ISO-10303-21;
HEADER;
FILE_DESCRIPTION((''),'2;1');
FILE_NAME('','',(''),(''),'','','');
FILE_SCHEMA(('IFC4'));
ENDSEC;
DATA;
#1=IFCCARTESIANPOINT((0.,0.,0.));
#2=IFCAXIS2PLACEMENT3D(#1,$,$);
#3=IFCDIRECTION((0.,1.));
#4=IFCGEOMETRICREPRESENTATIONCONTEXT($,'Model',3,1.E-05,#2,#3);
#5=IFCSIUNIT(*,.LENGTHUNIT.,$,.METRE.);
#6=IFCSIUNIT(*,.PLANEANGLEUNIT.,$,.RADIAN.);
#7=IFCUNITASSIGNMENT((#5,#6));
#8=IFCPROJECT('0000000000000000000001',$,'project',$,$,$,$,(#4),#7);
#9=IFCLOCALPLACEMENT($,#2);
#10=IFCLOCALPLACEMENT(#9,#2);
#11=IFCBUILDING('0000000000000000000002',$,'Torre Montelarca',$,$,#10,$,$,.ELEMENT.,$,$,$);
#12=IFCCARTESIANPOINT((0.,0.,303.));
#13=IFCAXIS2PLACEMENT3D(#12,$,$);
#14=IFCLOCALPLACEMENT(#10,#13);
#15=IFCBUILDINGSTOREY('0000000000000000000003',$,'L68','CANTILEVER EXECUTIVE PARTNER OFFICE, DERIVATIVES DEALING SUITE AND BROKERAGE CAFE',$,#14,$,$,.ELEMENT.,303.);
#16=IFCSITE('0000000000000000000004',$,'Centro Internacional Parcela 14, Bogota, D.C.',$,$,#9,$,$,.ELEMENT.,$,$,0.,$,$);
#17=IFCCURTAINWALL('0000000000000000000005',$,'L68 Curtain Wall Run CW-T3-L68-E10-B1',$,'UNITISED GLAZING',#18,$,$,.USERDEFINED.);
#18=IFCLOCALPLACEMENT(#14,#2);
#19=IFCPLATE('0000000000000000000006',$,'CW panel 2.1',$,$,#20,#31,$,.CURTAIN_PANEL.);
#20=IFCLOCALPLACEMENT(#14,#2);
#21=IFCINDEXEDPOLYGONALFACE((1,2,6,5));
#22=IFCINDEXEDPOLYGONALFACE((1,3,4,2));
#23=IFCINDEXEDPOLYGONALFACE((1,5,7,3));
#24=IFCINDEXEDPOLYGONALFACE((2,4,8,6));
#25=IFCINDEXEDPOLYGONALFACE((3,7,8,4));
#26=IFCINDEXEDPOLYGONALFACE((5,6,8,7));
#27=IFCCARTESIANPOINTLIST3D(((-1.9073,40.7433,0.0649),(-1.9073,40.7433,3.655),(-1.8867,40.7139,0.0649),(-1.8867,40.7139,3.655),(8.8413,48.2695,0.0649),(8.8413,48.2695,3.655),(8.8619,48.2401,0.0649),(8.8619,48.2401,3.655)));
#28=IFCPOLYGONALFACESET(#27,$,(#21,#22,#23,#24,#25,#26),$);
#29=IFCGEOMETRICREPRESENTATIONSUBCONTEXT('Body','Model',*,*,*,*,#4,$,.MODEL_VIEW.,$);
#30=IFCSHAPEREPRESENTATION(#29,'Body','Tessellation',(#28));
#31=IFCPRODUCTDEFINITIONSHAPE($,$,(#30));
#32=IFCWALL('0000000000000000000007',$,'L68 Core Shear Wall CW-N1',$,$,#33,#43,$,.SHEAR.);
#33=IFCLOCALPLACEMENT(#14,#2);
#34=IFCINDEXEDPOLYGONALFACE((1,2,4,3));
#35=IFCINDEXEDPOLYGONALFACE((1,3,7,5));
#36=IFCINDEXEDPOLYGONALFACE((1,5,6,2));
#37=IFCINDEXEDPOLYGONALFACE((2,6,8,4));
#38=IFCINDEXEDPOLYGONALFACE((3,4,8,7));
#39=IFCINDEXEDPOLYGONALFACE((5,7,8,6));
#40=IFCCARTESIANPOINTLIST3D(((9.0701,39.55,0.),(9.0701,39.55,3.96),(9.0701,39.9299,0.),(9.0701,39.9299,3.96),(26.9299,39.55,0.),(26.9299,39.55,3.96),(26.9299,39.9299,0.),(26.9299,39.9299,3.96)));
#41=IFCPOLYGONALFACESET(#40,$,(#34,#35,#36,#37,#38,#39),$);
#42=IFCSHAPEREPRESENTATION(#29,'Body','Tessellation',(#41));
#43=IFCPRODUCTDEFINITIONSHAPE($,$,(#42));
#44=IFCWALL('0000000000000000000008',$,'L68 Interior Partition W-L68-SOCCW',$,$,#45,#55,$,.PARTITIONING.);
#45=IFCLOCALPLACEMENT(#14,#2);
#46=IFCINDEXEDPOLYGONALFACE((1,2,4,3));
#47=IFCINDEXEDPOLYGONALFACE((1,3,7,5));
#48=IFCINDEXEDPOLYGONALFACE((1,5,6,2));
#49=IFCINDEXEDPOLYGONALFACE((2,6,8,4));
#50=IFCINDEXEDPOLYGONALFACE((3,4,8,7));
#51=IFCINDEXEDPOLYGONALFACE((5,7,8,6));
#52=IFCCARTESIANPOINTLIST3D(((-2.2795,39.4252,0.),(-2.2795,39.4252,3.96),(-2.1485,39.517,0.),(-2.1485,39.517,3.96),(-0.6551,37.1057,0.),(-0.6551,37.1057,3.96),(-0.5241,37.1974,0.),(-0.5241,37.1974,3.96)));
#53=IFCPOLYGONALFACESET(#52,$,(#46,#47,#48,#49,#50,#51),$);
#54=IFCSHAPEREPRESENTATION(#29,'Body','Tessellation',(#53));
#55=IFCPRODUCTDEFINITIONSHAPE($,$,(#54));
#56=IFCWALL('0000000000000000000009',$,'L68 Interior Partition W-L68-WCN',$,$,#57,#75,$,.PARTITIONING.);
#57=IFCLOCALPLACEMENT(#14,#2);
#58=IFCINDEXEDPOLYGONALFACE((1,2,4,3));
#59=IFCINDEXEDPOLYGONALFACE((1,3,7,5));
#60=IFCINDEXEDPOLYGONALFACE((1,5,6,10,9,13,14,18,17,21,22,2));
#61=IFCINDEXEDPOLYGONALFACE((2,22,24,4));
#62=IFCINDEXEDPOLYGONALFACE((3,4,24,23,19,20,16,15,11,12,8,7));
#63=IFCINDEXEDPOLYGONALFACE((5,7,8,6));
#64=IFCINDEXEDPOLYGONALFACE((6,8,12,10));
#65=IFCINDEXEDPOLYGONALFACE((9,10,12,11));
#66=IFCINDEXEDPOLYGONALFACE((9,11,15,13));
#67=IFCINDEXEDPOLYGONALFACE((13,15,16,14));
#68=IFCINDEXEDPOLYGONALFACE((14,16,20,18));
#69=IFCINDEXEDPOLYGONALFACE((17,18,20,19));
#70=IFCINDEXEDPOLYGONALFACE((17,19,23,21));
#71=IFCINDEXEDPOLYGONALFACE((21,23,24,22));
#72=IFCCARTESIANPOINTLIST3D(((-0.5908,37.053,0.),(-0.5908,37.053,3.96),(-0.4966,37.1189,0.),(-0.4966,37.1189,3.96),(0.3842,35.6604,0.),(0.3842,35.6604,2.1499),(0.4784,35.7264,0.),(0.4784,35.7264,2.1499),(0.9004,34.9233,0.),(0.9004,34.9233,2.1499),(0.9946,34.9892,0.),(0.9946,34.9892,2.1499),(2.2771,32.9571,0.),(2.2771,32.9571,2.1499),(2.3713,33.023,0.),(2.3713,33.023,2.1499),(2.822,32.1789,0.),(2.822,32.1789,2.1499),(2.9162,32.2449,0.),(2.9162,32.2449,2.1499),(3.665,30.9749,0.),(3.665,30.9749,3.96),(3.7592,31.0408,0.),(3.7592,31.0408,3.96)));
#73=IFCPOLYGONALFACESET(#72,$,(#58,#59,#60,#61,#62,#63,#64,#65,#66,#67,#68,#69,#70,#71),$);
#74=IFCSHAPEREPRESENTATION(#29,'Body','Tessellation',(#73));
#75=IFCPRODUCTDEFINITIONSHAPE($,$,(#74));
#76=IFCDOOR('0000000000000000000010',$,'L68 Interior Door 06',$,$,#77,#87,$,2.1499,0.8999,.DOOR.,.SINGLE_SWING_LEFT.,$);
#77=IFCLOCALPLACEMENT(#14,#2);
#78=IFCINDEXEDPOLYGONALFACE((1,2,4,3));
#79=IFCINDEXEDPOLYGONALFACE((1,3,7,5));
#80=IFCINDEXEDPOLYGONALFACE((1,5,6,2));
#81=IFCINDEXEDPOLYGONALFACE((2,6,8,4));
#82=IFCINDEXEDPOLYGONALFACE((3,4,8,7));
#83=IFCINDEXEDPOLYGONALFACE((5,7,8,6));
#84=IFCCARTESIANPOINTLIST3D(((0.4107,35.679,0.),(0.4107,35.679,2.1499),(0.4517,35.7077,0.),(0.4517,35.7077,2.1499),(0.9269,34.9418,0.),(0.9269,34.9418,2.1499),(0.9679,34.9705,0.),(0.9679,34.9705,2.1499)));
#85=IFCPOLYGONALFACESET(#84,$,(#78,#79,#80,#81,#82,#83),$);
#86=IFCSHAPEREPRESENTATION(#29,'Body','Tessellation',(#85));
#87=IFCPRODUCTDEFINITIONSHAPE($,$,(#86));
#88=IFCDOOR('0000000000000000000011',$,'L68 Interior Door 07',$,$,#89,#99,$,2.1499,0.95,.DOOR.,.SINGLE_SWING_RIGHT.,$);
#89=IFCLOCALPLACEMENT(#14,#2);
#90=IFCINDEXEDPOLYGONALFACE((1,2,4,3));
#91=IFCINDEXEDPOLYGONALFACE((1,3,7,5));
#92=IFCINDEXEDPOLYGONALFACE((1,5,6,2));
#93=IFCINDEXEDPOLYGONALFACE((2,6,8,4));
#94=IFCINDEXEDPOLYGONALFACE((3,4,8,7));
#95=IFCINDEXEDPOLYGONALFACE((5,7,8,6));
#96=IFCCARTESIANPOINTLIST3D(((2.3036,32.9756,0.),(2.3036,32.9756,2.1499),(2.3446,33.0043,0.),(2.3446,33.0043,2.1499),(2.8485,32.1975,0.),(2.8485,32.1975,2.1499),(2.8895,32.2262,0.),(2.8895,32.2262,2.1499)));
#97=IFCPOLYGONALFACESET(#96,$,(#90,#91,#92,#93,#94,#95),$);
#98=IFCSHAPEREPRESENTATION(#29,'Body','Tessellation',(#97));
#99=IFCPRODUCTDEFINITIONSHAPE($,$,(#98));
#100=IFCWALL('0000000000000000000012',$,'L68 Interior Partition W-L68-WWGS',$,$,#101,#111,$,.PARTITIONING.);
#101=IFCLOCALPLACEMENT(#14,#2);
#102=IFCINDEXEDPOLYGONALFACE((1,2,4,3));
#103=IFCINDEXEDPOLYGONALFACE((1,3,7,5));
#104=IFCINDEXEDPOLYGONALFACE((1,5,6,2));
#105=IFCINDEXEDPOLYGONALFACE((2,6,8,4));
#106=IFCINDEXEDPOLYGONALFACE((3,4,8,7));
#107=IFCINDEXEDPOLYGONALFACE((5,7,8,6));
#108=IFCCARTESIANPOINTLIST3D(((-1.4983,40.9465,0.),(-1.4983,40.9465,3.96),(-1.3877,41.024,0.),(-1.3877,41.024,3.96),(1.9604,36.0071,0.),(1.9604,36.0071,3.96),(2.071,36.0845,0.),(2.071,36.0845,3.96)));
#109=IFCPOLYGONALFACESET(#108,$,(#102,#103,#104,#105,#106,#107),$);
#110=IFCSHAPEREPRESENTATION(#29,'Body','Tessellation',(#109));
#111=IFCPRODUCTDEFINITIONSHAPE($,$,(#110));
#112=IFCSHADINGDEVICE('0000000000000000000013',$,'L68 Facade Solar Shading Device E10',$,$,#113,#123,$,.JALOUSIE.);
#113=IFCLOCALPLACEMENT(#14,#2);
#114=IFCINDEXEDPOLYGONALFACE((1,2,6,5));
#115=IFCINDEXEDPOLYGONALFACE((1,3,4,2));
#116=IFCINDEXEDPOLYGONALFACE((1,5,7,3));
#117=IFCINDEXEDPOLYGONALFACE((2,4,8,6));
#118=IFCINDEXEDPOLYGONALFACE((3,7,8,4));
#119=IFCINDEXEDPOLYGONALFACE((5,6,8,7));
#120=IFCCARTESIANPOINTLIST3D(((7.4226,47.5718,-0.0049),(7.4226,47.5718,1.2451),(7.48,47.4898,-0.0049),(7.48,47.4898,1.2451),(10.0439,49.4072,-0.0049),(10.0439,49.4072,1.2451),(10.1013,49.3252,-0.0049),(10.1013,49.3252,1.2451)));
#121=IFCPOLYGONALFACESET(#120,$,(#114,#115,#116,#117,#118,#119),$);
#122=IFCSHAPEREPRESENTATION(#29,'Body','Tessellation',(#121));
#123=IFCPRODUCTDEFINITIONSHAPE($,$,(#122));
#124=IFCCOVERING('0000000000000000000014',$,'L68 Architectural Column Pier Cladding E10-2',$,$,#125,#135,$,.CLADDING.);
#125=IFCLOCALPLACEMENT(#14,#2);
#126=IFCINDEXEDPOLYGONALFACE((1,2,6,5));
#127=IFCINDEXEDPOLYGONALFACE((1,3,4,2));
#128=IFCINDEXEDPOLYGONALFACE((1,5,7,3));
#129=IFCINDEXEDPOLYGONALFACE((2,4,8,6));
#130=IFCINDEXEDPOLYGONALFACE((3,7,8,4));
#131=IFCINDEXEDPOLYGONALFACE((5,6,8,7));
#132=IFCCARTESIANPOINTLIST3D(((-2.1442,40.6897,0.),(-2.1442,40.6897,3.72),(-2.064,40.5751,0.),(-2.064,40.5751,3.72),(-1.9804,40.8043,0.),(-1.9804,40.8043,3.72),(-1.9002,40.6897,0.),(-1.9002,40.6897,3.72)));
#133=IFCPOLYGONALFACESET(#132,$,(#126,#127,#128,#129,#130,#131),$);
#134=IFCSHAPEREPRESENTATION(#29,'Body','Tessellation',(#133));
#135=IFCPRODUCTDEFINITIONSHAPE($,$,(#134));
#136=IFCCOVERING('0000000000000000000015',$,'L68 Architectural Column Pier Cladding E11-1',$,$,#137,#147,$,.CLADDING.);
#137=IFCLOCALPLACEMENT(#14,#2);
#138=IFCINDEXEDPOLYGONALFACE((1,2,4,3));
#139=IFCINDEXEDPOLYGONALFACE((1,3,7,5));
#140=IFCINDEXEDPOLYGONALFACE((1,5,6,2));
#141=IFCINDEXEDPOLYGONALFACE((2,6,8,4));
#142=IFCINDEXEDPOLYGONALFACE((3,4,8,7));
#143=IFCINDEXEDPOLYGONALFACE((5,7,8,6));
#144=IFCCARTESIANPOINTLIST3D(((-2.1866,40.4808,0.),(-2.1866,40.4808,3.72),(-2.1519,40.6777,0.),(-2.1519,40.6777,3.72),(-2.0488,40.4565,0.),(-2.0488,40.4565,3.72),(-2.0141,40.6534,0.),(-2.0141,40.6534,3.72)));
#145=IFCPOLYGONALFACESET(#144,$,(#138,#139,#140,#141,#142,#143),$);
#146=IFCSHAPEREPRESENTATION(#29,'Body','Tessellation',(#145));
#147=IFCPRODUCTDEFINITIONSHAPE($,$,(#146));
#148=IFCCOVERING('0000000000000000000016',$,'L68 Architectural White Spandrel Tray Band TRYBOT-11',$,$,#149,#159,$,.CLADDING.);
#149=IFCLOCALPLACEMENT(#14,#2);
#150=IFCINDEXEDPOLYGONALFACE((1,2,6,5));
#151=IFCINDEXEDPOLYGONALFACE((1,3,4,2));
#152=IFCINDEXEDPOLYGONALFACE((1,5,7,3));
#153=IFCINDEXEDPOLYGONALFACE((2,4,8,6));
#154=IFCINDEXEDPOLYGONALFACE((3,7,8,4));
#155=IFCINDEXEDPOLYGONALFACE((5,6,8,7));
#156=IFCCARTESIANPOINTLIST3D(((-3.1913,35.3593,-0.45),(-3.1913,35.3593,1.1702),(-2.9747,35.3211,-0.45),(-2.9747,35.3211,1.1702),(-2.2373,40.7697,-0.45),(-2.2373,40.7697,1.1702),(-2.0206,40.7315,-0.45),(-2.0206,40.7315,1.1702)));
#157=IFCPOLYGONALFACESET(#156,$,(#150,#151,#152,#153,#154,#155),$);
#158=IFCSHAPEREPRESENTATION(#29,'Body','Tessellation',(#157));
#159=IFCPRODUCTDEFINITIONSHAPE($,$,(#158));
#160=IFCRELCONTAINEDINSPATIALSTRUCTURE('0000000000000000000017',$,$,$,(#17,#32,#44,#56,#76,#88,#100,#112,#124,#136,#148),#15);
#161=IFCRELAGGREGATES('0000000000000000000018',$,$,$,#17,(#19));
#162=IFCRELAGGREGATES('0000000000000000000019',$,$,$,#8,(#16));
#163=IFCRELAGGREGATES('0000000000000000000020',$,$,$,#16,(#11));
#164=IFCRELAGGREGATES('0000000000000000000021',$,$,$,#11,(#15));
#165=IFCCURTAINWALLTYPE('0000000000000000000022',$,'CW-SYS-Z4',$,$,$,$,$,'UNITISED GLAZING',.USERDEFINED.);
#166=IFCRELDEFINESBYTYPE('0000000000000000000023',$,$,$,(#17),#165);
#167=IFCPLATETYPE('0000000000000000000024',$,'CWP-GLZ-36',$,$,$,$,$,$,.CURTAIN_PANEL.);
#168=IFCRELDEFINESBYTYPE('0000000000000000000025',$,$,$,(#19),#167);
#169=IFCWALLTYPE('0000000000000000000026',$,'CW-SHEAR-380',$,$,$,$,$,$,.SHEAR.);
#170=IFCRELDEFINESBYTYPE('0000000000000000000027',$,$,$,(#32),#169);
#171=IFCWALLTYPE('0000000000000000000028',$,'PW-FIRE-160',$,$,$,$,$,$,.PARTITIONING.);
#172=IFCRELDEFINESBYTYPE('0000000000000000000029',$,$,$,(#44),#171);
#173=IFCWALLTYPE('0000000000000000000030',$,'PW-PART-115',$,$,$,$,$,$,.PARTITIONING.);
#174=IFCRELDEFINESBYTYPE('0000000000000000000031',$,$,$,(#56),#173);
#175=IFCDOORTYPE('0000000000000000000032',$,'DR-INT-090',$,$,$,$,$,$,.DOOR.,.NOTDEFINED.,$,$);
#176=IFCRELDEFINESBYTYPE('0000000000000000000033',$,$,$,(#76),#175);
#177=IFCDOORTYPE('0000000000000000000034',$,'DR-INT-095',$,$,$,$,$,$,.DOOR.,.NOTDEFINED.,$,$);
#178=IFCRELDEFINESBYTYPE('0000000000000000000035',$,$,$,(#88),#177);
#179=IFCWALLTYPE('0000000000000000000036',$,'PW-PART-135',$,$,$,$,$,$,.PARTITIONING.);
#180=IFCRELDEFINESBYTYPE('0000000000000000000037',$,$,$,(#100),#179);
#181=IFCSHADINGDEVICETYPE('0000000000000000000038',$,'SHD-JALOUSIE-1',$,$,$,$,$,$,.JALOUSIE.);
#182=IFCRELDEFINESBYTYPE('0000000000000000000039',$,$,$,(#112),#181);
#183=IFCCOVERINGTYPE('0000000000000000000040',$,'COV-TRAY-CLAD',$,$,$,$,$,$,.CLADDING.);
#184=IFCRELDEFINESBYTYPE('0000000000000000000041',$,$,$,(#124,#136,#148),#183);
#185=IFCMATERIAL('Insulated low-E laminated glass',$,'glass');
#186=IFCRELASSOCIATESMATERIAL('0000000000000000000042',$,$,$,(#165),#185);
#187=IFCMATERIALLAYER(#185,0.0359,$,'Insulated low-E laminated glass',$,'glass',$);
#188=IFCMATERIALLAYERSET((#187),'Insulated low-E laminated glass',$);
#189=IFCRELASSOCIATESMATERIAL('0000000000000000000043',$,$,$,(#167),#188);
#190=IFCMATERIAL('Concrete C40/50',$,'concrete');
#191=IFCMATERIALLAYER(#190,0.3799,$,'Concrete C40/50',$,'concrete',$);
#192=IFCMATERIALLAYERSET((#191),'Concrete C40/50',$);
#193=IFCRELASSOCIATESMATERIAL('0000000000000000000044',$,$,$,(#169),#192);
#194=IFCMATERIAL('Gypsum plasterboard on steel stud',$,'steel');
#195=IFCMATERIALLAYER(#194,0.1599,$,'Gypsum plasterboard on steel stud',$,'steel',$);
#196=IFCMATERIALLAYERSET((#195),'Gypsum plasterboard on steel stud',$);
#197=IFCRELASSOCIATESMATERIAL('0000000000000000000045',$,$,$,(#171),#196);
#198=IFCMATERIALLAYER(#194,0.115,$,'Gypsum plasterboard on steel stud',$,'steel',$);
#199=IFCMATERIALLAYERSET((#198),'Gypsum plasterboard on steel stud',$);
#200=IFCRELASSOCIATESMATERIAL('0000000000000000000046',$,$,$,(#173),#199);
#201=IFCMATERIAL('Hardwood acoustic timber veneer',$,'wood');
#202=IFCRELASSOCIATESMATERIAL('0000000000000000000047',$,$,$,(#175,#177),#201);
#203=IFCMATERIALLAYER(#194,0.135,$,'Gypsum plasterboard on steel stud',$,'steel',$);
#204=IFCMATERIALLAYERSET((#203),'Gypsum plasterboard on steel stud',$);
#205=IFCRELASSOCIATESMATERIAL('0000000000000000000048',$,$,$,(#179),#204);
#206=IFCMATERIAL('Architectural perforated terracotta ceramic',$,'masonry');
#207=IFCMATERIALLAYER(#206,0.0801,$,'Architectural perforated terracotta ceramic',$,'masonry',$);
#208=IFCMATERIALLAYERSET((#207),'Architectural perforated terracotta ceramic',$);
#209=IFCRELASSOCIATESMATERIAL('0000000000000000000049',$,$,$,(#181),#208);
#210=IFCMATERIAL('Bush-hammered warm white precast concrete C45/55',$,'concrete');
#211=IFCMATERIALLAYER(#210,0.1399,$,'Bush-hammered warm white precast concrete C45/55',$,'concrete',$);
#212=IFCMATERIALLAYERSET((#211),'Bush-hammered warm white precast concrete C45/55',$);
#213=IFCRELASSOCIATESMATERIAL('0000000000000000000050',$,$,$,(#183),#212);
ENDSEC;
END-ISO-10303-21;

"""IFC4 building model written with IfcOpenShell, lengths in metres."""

from ifc_helpers import new_model, si_unit, direction, frame, frame_2d, origin, origin_2d, place, context, subcontext, project, spatial, rectangle, extrude, source, transform, mapped, material, layer, layer_set, type_object, element, fill, aggregate, save


model = new_model("IFC4")

# Units and contexts
model_context = context("Model", 3, precision=1e-05, world=origin(), true_north=direction((0.0, 1.0)))
body_context = subcontext(model_context, "Body", "Model", "MODEL_VIEW")
ifc_project = project(units=[si_unit("LENGTHUNIT", "METRE"), si_unit("PLANEANGLEUNIT", "RADIAN")], contexts=[model_context])

# Site, building, storey
site_placement = place(None, origin())
site = spatial("IfcSite", under=ifc_project, at=site_placement, Name="Centro Internacional Parcela 14, Bogota, D.C.", CompositionType="ELEMENT", RefElevation=0.0)
building_placement = place(site_placement, origin())
building = spatial("IfcBuilding", under=site, at=building_placement, Name="Torre Montelarca", CompositionType="ELEMENT")
storey_placement = place(building_placement, frame((0.0, 0.0, 303.0)))
storey = spatial("IfcBuildingStorey", under=building, at=storey_placement, Name="L68", Description="CANTILEVER EXECUTIVE PARTNER OFFICE, DERIVATIVES DEALING SUITE AND BROKERAGE CAFE", CompositionType="ELEMENT", Elevation=303.0)

# Shared definitions
ifc_material_1 = material(Name="Concrete C40/50", Category="concrete")

# Curtain wall
ifc_material_2 = material(Name="Insulated low-E laminated glass", Category="glass")
curtain_wall_type = type_object("IfcCurtainWallType", Name="CW-SYS-Z4", ElementType="UNITISED GLAZING", PredefinedType="USERDEFINED", material=ifc_material_2)
curtain_wall_1_placement = place(storey_placement, origin())
curtain_wall_1 = element("IfcCurtainWall", 1, at=curtain_wall_1_placement, inside=storey, type_object=curtain_wall_type, Name="L68 Curtain Wall Run CW-T3-L68-E10-B1", ObjectType="UNITISED GLAZING", PredefinedType="USERDEFINED")

# Plate
ifc_material_3 = material(Name="Architectural perforated terracotta ceramic", Category="masonry")
ifc_layer_1 = layer(ifc_material_2, 0.0359, Name="Insulated low-E laminated glass", Category="glass")
ifc_layer_set_1 = layer_set([ifc_layer_1], Name="Insulated low-E laminated glass")
plate_type_1 = type_object("IfcPlateType", Name="CWP-GLZ-36", PredefinedType="CURTAIN_PANEL", material=ifc_layer_set_1)
shared_shape_1 = source(origin(), body_context, "Body", "SweptSolid", [
    extrude(rectangle(XDim=13.1216, YDim=0.0359, at=origin_2d()), origin(), (0.0, 0.0, 1.0), 3.5901),
])
plate_1_placement = place(storey_placement, frame((3.4773, 44.4917, 0.0649), z_axis=(0.0, 0.0, 1.0), x_axis=(-0.819155, -0.573572, 0.0)))
plate_1 = element("IfcPlate", 2, at=plate_1_placement, type_object=plate_type_1, Name="CW panel 2.1", PredefinedType="CURTAIN_PANEL", context=body_context, shape_type="MappedRepresentation", body=[
    mapped(shared_shape_1, transform((0.0, 0.0, 0.0), scale=1.0)),
])
aggregate(curtain_wall_1, [plate_1])

# Walls
ifc_layer_2 = layer(ifc_material_1, 0.3799, Name="Concrete C40/50", Category="concrete")
ifc_layer_set_2 = layer_set([ifc_layer_2], Name="Concrete C40/50")
wall_type_1 = type_object("IfcWallType", Name="CW-SHEAR-380", PredefinedType="SHEAR", material=ifc_layer_set_2)
wall_1_placement = place(storey_placement, frame((9.0701, 39.74, 0.0), z_axis=(0.0, 0.0, 1.0), x_axis=(1.0, 0.0, 0.0)))
element("IfcWall", 3, at=wall_1_placement, inside=storey, type_object=wall_type_1, Name="L68 Core Shear Wall CW-N1", PredefinedType="SHEAR", context=body_context, shape_type="SweptSolid", body=[
    extrude(rectangle(XDim=17.8599, YDim=0.3799, at=frame_2d((8.9299, 0.0))), origin(), (0.0, 0.0, 1.0), 3.96),
])
ifc_material_4 = material(Name="Gypsum plasterboard on steel stud", Category="steel")
ifc_layer_3 = layer(ifc_material_4, 0.1599, Name="Gypsum plasterboard on steel stud", Category="steel")
ifc_layer_set_3 = layer_set([ifc_layer_3], Name="Gypsum plasterboard on steel stud")
wall_type_2 = type_object("IfcWallType", Name="PW-FIRE-160", PredefinedType="PARTITIONING", material=ifc_layer_set_3)
wall_2_placement = place(storey_placement, frame((-2.2141, 39.4712, 0.0), z_axis=(0.0, 0.0, 1.0), x_axis=(0.573653, -0.819098, 0.0)))
element("IfcWall", 4, at=wall_2_placement, inside=storey, type_object=wall_type_2, Name="L68 Interior Partition W-L68-SOCCW", PredefinedType="PARTITIONING", context=body_context, shape_type="SweptSolid", body=[
    extrude(rectangle(XDim=2.8318, YDim=0.1599, at=frame_2d((1.416, 0.0))), origin(), (0.0, 0.0, 1.0), 3.96),
])

# Wall, openings, doors
ifc_layer_4 = layer(ifc_material_4, 0.115, Name="Gypsum plasterboard on steel stud", Category="steel")
ifc_layer_set_4 = layer_set([ifc_layer_4], Name="Gypsum plasterboard on steel stud")
wall_type_3 = type_object("IfcWallType", Name="PW-PART-115", PredefinedType="PARTITIONING", material=ifc_layer_set_4)
wall_3_placement = place(storey_placement, frame((-0.5437, 37.0859, 0.0), z_axis=(0.0, 0.0, 1.0), x_axis=(0.573568, -0.819158, 0.0)))
wall_3 = element("IfcWall", 5, at=wall_3_placement, inside=storey, type_object=wall_type_3, Name="L68 Interior Partition W-L68-WCN", PredefinedType="PARTITIONING", context=body_context, shape_type="SweptSolid", body=[
    extrude(rectangle(XDim=7.4199, YDim=0.115, at=frame_2d((3.71, 0.0))), origin(), (0.0, 0.0, 1.0), 3.96),
])
opening_1_placement = place(wall_3_placement, frame((1.7, 0.0, 0.0)))
opening_1 = element("IfcOpeningElement", 6, at=opening_1_placement, cuts=wall_3, PredefinedType="OPENING", context=body_context, shape_type="SweptSolid", body=[
    extrude(rectangle(XDim=0.8999, YDim=2.1499, at=frame_2d((0.45, 1.075))), frame((0.0, 0.0674, 0.0), z_axis=(0.0, -1.0, 0.0), x_axis=(1.0, 0.0, 0.0)), (0.0, 0.0, 1.0), 0.135),
])
opening_2_placement = place(wall_3_placement, frame((5.0, 0.0, 0.0)))
opening_2 = element("IfcOpeningElement", 7, at=opening_2_placement, cuts=wall_3, PredefinedType="OPENING", context=body_context, shape_type="SweptSolid", body=[
    extrude(rectangle(XDim=0.95, YDim=2.1499, at=frame_2d((0.4751, 1.075))), frame((0.0, 0.0674, 0.0), z_axis=(0.0, -1.0, 0.0), x_axis=(1.0, 0.0, 0.0)), (0.0, 0.0, 1.0), 0.135),
])
ifc_material_5 = material(Name="Hardwood acoustic timber veneer", Category="wood")
door_type_1 = type_object("IfcDoorType", Name="DR-INT-090", OperationType="NOTDEFINED", PredefinedType="DOOR", material=ifc_material_5)
shared_shape_2 = source(origin(), body_context, "Body", "SweptSolid", [
    extrude(rectangle(XDim=0.8999, YDim=2.1499, at=frame_2d((0.45, 1.075))), frame((0.0, 0.0249, 0.0), z_axis=(0.0, -1.0, 0.0), x_axis=(1.0, 0.0, 0.0)), (0.0, 0.0, 1.0), 0.05),
])
door_1_placement = place(opening_1_placement, origin())
door_1 = element("IfcDoor", 8, at=door_1_placement, inside=storey, type_object=door_type_1, Name="L68 Interior Door 06", OperationType="SINGLE_SWING_LEFT", OverallHeight=2.1499, OverallWidth=0.8999, PredefinedType="DOOR", context=body_context, shape_type="MappedRepresentation", body=[
    mapped(shared_shape_2, transform((0.0, 0.0, 0.0), scale=1.0)),
])
fill(opening_1, door_1)
door_type_2 = type_object("IfcDoorType", Name="DR-INT-095", OperationType="NOTDEFINED", PredefinedType="DOOR", material=ifc_material_5)
shared_shape_3 = source(origin(), body_context, "Body", "SweptSolid", [
    extrude(rectangle(XDim=0.95, YDim=2.1499, at=frame_2d((0.4751, 1.075))), frame((0.0, 0.0249, 0.0), z_axis=(0.0, -1.0, 0.0), x_axis=(1.0, 0.0, 0.0)), (0.0, 0.0, 1.0), 0.05),
])
door_2_placement = place(opening_2_placement, origin())
door_2 = element("IfcDoor", 9, at=door_2_placement, inside=storey, type_object=door_type_2, Name="L68 Interior Door 07", OperationType="SINGLE_SWING_RIGHT", OverallHeight=2.1499, OverallWidth=0.95, PredefinedType="DOOR", context=body_context, shape_type="MappedRepresentation", body=[
    mapped(shared_shape_3, transform((0.0, 0.0, 0.0), scale=1.0)),
])
fill(opening_2, door_2)

# Wall
ifc_layer_5 = layer(ifc_material_4, 0.135, Name="Gypsum plasterboard on steel stud", Category="steel")
ifc_layer_set_5 = layer_set([ifc_layer_5], Name="Gypsum plasterboard on steel stud")
wall_type_4 = type_object("IfcWallType", Name="PW-PART-135", PredefinedType="PARTITIONING", material=ifc_layer_set_5)
wall_4_placement = place(storey_placement, frame((-1.4431, 40.9854, 0.0), z_axis=(0.0, 0.0, 1.0), x_axis=(0.573587, -0.819144, 0.0)))
element("IfcWall", 10, at=wall_4_placement, inside=storey, type_object=wall_type_4, Name="L68 Interior Partition W-L68-WWGS", PredefinedType="PARTITIONING", context=body_context, shape_type="SweptSolid", body=[
    extrude(rectangle(XDim=6.03, YDim=0.135, at=frame_2d((3.0151, 0.0))), origin(), (0.0, 0.0, 1.0), 3.96),
])

# Shading device
ifc_layer_6 = layer(ifc_material_3, 0.0801, Name="Architectural perforated terracotta ceramic", Category="masonry")
ifc_layer_set_6 = layer_set([ifc_layer_6], Name="Architectural perforated terracotta ceramic")
shading_device_type = type_object("IfcShadingDeviceType", Name="SHD-JALOUSIE-1", PredefinedType="JALOUSIE", material=ifc_layer_set_6)
shared_shape_4 = source(origin(), body_context, "Body", "SweptSolid", [
    extrude(rectangle(XDim=3.2, YDim=0.1001, at=origin_2d()), origin(), (0.0, 0.0, 1.0), 1.25),
])
shading_device_placement = place(storey_placement, frame((8.762, 48.4485, -0.0049), z_axis=(0.0, 0.0, 1.0), x_axis=(-0.819151, -0.573578, 0.0)))
element("IfcShadingDevice", 11, at=shading_device_placement, inside=storey, type_object=shading_device_type, Name="L68 Facade Solar Shading Device E10", PredefinedType="JALOUSIE", context=body_context, shape_type="MappedRepresentation", body=[
    mapped(shared_shape_4, transform((0.0, 0.0, 0.0), scale=1.0)),
])

# Coverings
ifc_material_6 = material(Name="Bush-hammered warm white precast concrete C45/55", Category="concrete")
ifc_layer_7 = layer(ifc_material_6, 0.1399, Name="Bush-hammered warm white precast concrete C45/55", Category="concrete")
ifc_layer_set_7 = layer_set([ifc_layer_7], Name="Bush-hammered warm white precast concrete C45/55")
covering_type = type_object("IfcCoveringType", Name="COV-TRAY-CLAD", PredefinedType="CLADDING", material=ifc_layer_set_7)
shared_shape_5 = source(origin(), body_context, "Body", "SweptSolid", [
    extrude(rectangle(XDim=0.2, YDim=0.1399, at=origin_2d()), origin(), (0.0, 0.0, 1.0), 3.72),
])
for number, where, z_axis, x_axis, name in (
    (12, (-2.0222, 40.6897, 0.0), (0.0, 0.0, 1.0), (-0.819153, -0.573575, 0.0), "L68 Architectural Column Pier Cladding E10-2"),
    (13, (-2.1003, 40.5671, 0.0), (0.0, 0.0, 1.0), (-0.173646, -0.984808, 0.0), "L68 Architectural Column Pier Cladding E11-1"),
):
    element("IfcCovering", number, at=place(storey_placement, frame(where, z_axis=z_axis, x_axis=x_axis)), inside=storey, type_object=covering_type, Name=name, PredefinedType="CLADDING", context=body_context, shape_type="MappedRepresentation", body=[
        mapped(shared_shape_5, transform((0.0, 0.0, 0.0), scale=1.0)),
    ])
shared_shape_6 = source(origin(), body_context, "Body", "SweptSolid", [
    extrude(rectangle(XDim=5.4939, YDim=0.22, at=origin_2d()), origin(), (0.0, 0.0, 1.0), 1.6201),
])
covering_1_placement = place(storey_placement, frame((-2.606, 38.0454, -0.45), z_axis=(0.0, 0.0, 1.0), x_axis=(-0.173653, -0.984807, 0.0)))
element("IfcCovering", 14, at=covering_1_placement, inside=storey, type_object=covering_type, Name="L68 Architectural White Spandrel Tray Band TRYBOT-11", PredefinedType="CLADDING", context=body_context, shape_type="MappedRepresentation", body=[
    mapped(shared_shape_6, transform((0.0, 0.0, 0.0), scale=1.0)),
])

save(model, "model.ifc")
